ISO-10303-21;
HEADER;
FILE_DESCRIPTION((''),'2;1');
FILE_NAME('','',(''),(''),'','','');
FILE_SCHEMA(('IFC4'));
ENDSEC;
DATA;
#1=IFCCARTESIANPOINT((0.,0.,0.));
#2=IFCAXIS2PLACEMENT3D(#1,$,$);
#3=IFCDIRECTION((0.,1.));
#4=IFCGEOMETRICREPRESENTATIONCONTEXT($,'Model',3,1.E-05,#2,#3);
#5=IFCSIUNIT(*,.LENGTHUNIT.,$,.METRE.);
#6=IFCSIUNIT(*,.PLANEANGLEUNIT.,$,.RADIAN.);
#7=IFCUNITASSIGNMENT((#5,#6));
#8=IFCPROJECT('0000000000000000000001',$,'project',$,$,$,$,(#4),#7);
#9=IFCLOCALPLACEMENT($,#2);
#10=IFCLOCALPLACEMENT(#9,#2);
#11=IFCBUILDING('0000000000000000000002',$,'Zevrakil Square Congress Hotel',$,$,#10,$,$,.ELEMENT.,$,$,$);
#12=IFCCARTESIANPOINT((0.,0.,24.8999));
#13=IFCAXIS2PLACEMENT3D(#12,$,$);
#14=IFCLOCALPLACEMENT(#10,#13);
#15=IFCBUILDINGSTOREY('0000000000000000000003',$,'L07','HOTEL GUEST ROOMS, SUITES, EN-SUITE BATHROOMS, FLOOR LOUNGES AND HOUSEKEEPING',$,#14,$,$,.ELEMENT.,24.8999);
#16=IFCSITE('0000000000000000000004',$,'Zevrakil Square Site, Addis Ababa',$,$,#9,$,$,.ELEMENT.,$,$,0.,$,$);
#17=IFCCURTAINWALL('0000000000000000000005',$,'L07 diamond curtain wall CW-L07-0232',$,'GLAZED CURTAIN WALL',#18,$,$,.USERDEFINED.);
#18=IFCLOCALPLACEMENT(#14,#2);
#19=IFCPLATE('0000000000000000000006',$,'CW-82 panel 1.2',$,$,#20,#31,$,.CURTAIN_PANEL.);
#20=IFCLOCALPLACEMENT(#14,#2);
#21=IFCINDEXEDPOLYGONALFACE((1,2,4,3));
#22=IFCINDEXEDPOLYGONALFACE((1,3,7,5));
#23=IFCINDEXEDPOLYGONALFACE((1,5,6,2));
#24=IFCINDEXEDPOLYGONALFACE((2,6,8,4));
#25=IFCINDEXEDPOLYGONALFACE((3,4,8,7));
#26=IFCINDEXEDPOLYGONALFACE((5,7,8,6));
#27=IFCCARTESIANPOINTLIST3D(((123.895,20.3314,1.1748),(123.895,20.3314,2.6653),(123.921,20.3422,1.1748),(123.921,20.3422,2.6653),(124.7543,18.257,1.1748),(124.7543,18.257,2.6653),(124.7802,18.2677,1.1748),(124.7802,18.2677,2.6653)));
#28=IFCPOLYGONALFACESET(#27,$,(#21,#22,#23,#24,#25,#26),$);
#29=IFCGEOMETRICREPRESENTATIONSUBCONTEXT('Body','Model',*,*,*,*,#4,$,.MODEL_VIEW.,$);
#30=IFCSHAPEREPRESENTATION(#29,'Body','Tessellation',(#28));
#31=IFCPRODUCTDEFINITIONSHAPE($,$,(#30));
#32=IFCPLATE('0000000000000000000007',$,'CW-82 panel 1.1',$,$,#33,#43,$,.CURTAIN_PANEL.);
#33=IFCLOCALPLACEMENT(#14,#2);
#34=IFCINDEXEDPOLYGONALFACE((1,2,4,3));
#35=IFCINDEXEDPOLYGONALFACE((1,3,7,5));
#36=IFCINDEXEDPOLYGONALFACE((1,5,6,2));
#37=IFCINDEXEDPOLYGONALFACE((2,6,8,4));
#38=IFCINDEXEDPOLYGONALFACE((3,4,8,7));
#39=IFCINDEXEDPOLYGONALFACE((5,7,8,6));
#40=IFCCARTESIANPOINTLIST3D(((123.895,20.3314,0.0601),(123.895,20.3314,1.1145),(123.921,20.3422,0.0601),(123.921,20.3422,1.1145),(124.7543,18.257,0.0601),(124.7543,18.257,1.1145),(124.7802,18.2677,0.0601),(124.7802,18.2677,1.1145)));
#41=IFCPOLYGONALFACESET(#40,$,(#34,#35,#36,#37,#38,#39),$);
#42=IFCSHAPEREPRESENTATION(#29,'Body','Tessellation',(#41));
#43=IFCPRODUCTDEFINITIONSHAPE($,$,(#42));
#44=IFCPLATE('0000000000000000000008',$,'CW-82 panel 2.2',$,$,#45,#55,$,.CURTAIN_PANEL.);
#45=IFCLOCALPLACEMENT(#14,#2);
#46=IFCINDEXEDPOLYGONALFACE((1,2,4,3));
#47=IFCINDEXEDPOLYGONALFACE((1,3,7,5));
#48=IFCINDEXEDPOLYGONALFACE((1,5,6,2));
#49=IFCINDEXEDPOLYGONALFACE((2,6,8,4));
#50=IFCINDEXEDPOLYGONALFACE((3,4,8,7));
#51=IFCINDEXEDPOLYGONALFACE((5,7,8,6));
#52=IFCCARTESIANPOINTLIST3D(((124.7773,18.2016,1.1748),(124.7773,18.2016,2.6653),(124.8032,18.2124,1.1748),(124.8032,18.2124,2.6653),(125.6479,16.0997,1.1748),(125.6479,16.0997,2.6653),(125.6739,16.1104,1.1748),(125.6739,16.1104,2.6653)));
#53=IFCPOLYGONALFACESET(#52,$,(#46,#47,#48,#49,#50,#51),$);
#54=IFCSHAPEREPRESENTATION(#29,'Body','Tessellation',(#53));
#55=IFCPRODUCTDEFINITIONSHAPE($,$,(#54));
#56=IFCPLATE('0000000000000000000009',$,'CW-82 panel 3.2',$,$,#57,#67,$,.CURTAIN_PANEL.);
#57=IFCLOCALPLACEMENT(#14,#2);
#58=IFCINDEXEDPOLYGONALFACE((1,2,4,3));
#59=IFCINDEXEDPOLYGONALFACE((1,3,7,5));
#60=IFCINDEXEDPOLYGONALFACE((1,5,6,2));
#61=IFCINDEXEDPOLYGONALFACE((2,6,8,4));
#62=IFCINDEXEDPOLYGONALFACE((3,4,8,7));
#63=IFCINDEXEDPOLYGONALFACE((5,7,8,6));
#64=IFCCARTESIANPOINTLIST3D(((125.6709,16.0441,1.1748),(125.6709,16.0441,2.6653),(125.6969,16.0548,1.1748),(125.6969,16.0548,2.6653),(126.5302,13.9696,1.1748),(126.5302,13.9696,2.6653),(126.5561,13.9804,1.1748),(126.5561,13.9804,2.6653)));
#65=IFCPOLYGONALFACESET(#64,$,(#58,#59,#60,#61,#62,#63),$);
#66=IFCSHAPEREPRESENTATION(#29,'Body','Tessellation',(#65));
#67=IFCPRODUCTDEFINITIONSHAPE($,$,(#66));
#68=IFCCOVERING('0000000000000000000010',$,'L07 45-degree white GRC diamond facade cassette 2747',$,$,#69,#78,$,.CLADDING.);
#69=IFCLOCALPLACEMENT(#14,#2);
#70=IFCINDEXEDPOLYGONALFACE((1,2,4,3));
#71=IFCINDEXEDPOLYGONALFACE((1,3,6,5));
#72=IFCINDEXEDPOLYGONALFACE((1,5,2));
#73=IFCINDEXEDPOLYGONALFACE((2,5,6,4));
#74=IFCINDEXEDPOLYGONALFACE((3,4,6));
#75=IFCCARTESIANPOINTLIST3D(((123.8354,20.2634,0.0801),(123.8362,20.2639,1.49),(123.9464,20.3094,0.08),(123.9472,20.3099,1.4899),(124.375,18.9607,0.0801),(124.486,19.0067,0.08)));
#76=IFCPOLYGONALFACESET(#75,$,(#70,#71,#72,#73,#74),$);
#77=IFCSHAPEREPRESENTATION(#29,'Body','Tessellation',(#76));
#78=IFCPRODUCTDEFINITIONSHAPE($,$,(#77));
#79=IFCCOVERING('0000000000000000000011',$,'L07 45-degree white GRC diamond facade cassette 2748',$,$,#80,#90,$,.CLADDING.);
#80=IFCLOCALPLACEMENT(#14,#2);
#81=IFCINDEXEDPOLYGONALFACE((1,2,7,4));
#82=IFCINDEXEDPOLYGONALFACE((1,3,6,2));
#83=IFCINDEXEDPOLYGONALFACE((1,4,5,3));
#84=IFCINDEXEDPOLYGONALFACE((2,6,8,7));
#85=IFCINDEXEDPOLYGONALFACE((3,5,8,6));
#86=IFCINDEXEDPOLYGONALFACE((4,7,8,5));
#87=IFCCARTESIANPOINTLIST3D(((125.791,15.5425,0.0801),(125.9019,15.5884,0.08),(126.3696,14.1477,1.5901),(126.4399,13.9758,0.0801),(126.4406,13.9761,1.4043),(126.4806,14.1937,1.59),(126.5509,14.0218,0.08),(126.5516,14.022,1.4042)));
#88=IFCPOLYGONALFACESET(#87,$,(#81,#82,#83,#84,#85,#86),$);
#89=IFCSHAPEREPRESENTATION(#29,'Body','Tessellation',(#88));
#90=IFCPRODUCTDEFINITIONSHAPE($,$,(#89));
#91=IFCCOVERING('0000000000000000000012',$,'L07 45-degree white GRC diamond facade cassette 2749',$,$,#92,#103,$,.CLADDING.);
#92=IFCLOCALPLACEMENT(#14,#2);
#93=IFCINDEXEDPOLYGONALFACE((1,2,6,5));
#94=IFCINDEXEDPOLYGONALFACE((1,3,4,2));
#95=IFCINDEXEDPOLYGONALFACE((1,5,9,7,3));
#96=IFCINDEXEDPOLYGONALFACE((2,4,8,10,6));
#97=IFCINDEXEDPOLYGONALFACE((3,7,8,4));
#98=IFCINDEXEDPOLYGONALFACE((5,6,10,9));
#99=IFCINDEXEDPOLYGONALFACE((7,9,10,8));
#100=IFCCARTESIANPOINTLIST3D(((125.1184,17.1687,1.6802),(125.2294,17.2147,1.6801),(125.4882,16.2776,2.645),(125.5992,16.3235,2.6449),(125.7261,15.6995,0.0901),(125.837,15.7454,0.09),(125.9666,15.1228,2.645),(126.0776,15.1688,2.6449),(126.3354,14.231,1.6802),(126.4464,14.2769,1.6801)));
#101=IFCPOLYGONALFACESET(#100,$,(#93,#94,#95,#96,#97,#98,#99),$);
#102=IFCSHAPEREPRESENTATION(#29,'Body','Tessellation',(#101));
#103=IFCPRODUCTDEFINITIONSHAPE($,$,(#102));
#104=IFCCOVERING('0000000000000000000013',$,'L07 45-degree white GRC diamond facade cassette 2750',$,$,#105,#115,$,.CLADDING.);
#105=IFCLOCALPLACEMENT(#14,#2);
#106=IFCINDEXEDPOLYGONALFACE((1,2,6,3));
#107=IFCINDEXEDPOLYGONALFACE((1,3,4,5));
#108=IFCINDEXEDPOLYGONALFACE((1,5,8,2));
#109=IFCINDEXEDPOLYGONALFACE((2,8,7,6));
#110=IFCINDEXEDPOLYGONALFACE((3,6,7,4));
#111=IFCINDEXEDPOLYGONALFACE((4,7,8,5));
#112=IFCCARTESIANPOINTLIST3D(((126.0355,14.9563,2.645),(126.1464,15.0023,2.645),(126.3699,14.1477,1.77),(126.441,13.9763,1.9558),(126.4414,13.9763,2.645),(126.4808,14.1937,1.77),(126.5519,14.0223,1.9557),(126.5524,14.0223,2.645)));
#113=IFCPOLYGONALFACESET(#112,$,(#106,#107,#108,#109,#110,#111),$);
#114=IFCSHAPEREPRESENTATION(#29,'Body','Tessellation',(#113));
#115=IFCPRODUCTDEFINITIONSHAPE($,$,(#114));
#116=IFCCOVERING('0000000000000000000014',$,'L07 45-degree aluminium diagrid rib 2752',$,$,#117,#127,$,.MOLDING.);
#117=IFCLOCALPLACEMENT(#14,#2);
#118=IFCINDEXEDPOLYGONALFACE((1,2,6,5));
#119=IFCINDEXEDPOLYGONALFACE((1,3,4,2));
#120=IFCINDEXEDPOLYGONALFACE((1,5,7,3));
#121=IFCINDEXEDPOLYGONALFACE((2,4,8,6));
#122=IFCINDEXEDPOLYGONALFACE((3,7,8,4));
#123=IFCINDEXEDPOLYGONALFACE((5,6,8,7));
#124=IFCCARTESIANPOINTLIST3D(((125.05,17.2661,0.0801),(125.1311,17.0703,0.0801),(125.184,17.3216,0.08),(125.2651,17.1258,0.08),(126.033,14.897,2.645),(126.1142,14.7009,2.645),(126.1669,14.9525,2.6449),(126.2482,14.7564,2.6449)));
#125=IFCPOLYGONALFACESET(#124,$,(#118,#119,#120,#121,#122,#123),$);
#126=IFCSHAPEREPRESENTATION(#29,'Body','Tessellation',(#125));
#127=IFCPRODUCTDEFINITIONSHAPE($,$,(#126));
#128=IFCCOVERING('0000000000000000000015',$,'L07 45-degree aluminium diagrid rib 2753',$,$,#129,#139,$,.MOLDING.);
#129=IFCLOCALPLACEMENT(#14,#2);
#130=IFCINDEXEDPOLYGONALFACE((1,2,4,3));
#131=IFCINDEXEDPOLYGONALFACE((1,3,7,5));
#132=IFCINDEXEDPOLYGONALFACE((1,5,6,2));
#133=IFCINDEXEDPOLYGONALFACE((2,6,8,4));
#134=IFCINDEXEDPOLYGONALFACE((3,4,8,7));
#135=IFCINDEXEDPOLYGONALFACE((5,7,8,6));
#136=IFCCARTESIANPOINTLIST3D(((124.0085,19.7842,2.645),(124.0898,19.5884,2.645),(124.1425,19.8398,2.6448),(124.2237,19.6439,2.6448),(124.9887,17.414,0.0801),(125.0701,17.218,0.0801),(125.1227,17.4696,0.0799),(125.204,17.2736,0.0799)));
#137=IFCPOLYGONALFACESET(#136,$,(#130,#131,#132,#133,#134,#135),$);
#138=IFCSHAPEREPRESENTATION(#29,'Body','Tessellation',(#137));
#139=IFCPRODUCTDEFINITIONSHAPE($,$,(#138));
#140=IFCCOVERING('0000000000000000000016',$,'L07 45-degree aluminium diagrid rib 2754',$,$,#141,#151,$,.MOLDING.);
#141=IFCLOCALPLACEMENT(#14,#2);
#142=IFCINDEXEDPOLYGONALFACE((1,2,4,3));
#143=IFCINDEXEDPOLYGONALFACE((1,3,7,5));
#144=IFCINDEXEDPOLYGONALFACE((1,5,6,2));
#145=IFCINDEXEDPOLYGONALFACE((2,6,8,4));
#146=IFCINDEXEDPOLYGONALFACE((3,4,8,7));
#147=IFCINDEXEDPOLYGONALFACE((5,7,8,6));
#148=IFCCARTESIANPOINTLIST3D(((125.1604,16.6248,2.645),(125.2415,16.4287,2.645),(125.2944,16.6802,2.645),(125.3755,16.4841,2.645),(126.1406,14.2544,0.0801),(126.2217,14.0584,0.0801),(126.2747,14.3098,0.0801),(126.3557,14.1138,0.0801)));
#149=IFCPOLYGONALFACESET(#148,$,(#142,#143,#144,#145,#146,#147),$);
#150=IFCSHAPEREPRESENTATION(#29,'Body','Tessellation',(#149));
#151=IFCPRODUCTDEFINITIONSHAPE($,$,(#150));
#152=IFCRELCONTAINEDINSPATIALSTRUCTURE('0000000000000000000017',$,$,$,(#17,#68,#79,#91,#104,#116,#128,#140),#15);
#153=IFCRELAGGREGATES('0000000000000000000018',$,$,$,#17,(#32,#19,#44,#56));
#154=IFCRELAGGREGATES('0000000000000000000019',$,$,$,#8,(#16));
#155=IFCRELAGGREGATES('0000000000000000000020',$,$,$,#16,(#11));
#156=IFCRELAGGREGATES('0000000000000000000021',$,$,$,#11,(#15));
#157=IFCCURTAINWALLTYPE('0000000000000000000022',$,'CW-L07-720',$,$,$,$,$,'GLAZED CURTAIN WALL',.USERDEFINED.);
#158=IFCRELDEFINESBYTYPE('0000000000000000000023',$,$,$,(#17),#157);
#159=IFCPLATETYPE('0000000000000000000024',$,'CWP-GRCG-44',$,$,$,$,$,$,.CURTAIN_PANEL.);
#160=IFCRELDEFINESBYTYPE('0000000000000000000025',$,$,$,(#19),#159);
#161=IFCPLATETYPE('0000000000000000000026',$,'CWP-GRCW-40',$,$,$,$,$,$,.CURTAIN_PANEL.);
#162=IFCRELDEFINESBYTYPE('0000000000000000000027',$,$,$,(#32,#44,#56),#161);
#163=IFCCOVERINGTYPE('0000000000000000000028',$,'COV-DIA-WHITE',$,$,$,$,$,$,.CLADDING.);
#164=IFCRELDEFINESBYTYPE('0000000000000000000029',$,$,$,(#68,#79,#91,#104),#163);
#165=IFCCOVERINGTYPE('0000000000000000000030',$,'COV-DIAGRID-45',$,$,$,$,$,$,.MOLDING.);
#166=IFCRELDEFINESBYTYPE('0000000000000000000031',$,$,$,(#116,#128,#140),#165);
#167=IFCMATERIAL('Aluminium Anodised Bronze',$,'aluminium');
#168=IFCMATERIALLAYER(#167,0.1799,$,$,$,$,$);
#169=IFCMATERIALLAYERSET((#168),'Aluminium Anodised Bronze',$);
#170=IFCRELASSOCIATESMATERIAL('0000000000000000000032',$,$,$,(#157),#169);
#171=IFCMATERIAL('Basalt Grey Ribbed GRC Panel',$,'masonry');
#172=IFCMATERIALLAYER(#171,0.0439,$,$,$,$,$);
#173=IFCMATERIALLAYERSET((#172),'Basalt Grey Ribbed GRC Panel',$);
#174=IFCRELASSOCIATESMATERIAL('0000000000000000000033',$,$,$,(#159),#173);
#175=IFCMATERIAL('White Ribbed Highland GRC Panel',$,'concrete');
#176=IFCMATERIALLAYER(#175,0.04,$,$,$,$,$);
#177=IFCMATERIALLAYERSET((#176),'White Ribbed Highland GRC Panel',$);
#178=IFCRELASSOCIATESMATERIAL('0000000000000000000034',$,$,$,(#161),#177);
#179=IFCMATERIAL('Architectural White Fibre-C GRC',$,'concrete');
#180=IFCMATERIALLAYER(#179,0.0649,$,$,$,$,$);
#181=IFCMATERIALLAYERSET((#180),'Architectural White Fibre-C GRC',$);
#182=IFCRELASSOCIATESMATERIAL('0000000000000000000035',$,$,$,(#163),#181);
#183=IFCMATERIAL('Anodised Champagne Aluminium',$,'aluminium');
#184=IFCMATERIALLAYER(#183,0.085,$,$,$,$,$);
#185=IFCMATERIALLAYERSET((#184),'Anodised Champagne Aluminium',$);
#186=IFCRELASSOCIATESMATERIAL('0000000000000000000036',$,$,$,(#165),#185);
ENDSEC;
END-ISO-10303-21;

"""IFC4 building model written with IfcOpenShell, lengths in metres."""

from ifc_helpers import new_model, si_unit, direction, frame, origin, origin_2d, place, context, subcontext, project, spatial, polyline, rectangle, outline, extrude, material, layer, layer_set, type_object, element, aggregate, save


model = new_model("IFC4")

# Units and contexts
model_context = context("Model", 3, precision=1e-05, world=origin(), true_north=direction((0.0, 1.0)))
body_context = subcontext(model_context, "Body", "Model", "MODEL_VIEW")
ifc_project = project(units=[si_unit("LENGTHUNIT", "METRE"), si_unit("PLANEANGLEUNIT", "RADIAN")], contexts=[model_context])

# Site, building, storey
site_placement = place(None, origin())
site = spatial("IfcSite", under=ifc_project, at=site_placement, Name="Zevrakil Square Site, Addis Ababa", CompositionType="ELEMENT", RefElevation=0.0)
building_placement = place(site_placement, origin())
building = spatial("IfcBuilding", under=site, at=building_placement, Name="Zevrakil Square Congress Hotel", CompositionType="ELEMENT")
storey_placement = place(building_placement, frame((0.0, 0.0, 24.8999)))
storey = spatial("IfcBuildingStorey", under=building, at=storey_placement, Name="L07", Description="HOTEL GUEST ROOMS, SUITES, EN-SUITE BATHROOMS, FLOOR LOUNGES AND HOUSEKEEPING", CompositionType="ELEMENT", Elevation=24.8999)

# Shared definitions
ifc_material_1 = material(Name="Aluminium Anodised Bronze", Category="aluminium")
ifc_layer_1 = layer(ifc_material_1, 0.1799)
ifc_layer_set_1 = layer_set([ifc_layer_1], Name="Aluminium Anodised Bronze")
curtain_wall_type = type_object("IfcCurtainWallType", Name="CW-L07-720", ElementType="GLAZED CURTAIN WALL", PredefinedType="USERDEFINED", material=ifc_layer_set_1)

# Curtain wall, plates
curtain_wall_1_placement = place(storey_placement, origin())
curtain_wall_1 = element("IfcCurtainWall", 1, at=curtain_wall_1_placement, inside=storey, type_object=curtain_wall_type, Name="L07 diamond curtain wall CW-L07-0232", ObjectType="GLAZED CURTAIN WALL", PredefinedType="USERDEFINED")
ifc_material_2 = material(Name="Basalt Grey Ribbed GRC Panel", Category="masonry")
ifc_layer_2 = layer(ifc_material_2, 0.0439)
ifc_layer_set_2 = layer_set([ifc_layer_2], Name="Basalt Grey Ribbed GRC Panel")
plate_type_1 = type_object("IfcPlateType", Name="CWP-GRCG-44", PredefinedType="CURTAIN_PANEL", material=ifc_layer_set_2)
plate_1_placement = place(storey_placement, frame((124.3376, 19.2996, 1.1748), z_axis=(0.0, 0.0, 1.0), x_axis=(0.382684, -0.923879, 0.0)))
plate_1 = element("IfcPlate", 2, at=plate_1_placement, type_object=plate_type_1, Name="CW-82 panel 1.2", PredefinedType="CURTAIN_PANEL", context=body_context, shape_type="SweptSolid", body=[
    extrude(rectangle(XDim=2.2454, YDim=0.0281, at=origin_2d()), origin(), (0.0, 0.0, 1.0), 1.4905),
])
ifc_material_3 = material(Name="White Ribbed Highland GRC Panel", Category="concrete")
ifc_layer_3 = layer(ifc_material_3, 0.04)
ifc_layer_set_3 = layer_set([ifc_layer_3], Name="White Ribbed Highland GRC Panel")
plate_type_2 = type_object("IfcPlateType", Name="CWP-GRCW-40", PredefinedType="CURTAIN_PANEL", material=ifc_layer_set_3)
plate_2_placement = place(storey_placement, frame((124.3376, 19.2996, 0.0601), z_axis=(0.0, 0.0, 1.0), x_axis=(0.382684, -0.923879, 0.0)))
plate_2 = element("IfcPlate", 3, at=plate_2_placement, type_object=plate_type_2, Name="CW-82 panel 1.1", PredefinedType="CURTAIN_PANEL", context=body_context, shape_type="SweptSolid", body=[
    extrude(rectangle(XDim=2.2454, YDim=0.0281, at=origin_2d()), origin(), (0.0, 0.0, 1.0), 1.0544),
])
plate_3_placement = place(storey_placement, frame((125.2256, 17.156, 1.1748), z_axis=(0.0, 0.0, 1.0), x_axis=(0.382684, -0.923879, 0.0)))
plate_3 = element("IfcPlate", 4, at=plate_3_placement, type_object=plate_type_2, Name="CW-82 panel 2.2", PredefinedType="CURTAIN_PANEL", context=body_context, shape_type="SweptSolid", body=[
    extrude(rectangle(XDim=2.2751, YDim=0.0281, at=origin_2d()), origin(), (0.0, 0.0, 1.0), 1.4905),
])
plate_4_placement = place(storey_placement, frame((126.1135, 15.0122, 1.1748), z_axis=(0.0, 0.0, 1.0), x_axis=(0.382684, -0.923879, 0.0)))
plate_4 = element("IfcPlate", 5, at=plate_4_placement, type_object=plate_type_2, Name="CW-82 panel 3.2", PredefinedType="CURTAIN_PANEL", context=body_context, shape_type="SweptSolid", body=[
    extrude(rectangle(XDim=2.2454, YDim=0.0281, at=origin_2d()), origin(), (0.0, 0.0, 1.0), 1.4905),
])
aggregate(curtain_wall_1, [plate_2, plate_1, plate_3, plate_4])

# Coverings
ifc_material_4 = material(Name="Architectural White Fibre-C GRC", Category="concrete")
ifc_layer_4 = layer(ifc_material_4, 0.0649)
ifc_layer_set_4 = layer_set([ifc_layer_4], Name="Architectural White Fibre-C GRC")
covering_type_1 = type_object("IfcCoveringType", Name="COV-DIA-WHITE", PredefinedType="CLADDING", material=ifc_layer_set_4)
covering_1_placement = place(storey_placement, frame((124.375, 18.9607, 0.0801), z_axis=(-0.923894, -0.382647, 0.000612), x_axis=(-0.382647, 0.923894, 0.0)))
element("IfcCovering", 6, at=covering_1_placement, inside=storey, type_object=covering_type_1, Name="L07 45-degree white GRC diamond facade cassette 2747", PredefinedType="CLADDING", context=body_context, shape_type="SweptSolid", body=[
    extrude(outline(polyline([(0.0, 0.0), (1.41, 0.0), (1.4102, -1.4099), (0.0, 0.0)])), origin(), (0.0, 0.0, -1.0), 0.1201),
])
covering_2_placement = place(storey_placement, frame((126.3696, 14.1477, 1.5901), z_axis=(-0.923868, -0.382711, 0.000542), x_axis=(0.270236, -0.653355, -0.707177)))
element("IfcCovering", 7, at=covering_2_placement, inside=storey, type_object=covering_type_1, Name="L07 45-degree white GRC diamond facade cassette 2748", PredefinedType="CLADDING", context=body_context, shape_type="SweptSolid", body=[
    extrude(outline(polyline([(0.0, 0.0), (0.2627, 0.0), (1.1991, -0.9363), (0.0002, -2.1355), (0.0, 0.0)])), origin(), (0.0, 0.0, -1.0), 0.1201),
])
covering_3_placement = place(storey_placement, frame((126.3354, 14.231, 1.6802), z_axis=(-0.923863, -0.382722, 0.000598), x_axis=(-0.271002, 0.653074, -0.707144)))
element("IfcCovering", 8, at=covering_3_placement, inside=storey, type_object=covering_type_1, Name="L07 45-degree white GRC diamond facade cassette 2749", PredefinedType="CLADDING", context=body_context, shape_type="SweptSolid", body=[
    extrude(outline(polyline([(0.0, 0.0), (2.2486, 0.0), (2.2484, -2.2486), (0.8839, -2.2486), (0.0001, -1.3647), (0.0, 0.0)])), origin(), (0.0, 0.0, -1.0), 0.1201),
])
covering_4_placement = place(storey_placement, frame((126.3699, 14.1477, 1.77), z_axis=(-0.923872, -0.3827, 0.000569), x_axis=(-0.270244, 0.653446, 0.70709)))
element("IfcCovering", 9, at=covering_4_placement, inside=storey, type_object=covering_type_1, Name="L07 45-degree white GRC diamond facade cassette 2750", PredefinedType="CLADDING", context=body_context, shape_type="SweptSolid", body=[
    extrude(outline(polyline([(0.0, 0.0), (1.2375, 0.0), (0.4874, -0.7501), (0.0002, -0.2626), (0.0, 0.0)])), origin(), (0.0, 0.0, -1.0), 0.1201),
])
ifc_material_5 = material(Name="Anodised Champagne Aluminium", Category="aluminium")
ifc_layer_5 = layer(ifc_material_5, 0.085)
ifc_layer_set_5 = layer_set([ifc_layer_5], Name="Anodised Champagne Aluminium")
covering_type_2 = type_object("IfcCoveringType", Name="COV-DIAGRID-45", PredefinedType="MOLDING", material=ifc_layer_set_5)
covering_5_placement = place(storey_placement, frame((125.1311, 17.0703, 0.0801), z_axis=(-0.923841, -0.382775, 0.000495), x_axis=(-0.382775, 0.923841, 0.0)))
element("IfcCovering", 10, at=covering_5_placement, inside=storey, type_object=covering_type_2, Name="L07 45-degree aluminium diagrid rib 2752", PredefinedType="MOLDING", context=body_context, shape_type="SweptSolid", body=[
    extrude(outline(polyline([(0.0, 0.0), (0.2119, 0.0), (-2.353, -2.5649), (-2.5653, -2.5649), (0.0, 0.0)])), origin(), (0.0, 0.0, -1.0), 0.145),
])
covering_6_placement = place(storey_placement, frame((124.0085, 19.7842, 2.645), z_axis=(-0.923637, -0.383266, 0.001193), x_axis=(0.383267, -0.923638, 0.0)))
element("IfcCovering", 11, at=covering_6_placement, inside=storey, type_object=covering_type_2, Name="L07 45-degree aluminium diagrid rib 2753", PredefinedType="MOLDING", context=body_context, shape_type="SweptSolid", body=[
    extrude(outline(polyline([(0.0, 0.0), (0.212, 0.0), (2.7771, -2.5649), (2.5648, -2.5649), (0.0, 0.0)])), origin(), (0.0, 0.0, -1.0), 0.145),
])
covering_7_placement = place(storey_placement, frame((125.2944, 16.6802, 2.645), z_axis=(0.924129, 0.382081, 0.000072), x_axis=(0.382081, -0.924129, 0.0)))
element("IfcCovering", 12, at=covering_7_placement, inside=storey, type_object=covering_type_2, Name="L07 45-degree aluminium diagrid rib 2754", PredefinedType="MOLDING", context=body_context, shape_type="SweptSolid", body=[
    extrude(outline(polyline([(0.0, 0.0), (0.2121, 0.0), (2.7772, 2.5649), (2.565, 2.5649), (0.0, 0.0)])), origin(), (0.0, 0.0, -1.0), 0.145),
])

save(model, "model.ifc")
